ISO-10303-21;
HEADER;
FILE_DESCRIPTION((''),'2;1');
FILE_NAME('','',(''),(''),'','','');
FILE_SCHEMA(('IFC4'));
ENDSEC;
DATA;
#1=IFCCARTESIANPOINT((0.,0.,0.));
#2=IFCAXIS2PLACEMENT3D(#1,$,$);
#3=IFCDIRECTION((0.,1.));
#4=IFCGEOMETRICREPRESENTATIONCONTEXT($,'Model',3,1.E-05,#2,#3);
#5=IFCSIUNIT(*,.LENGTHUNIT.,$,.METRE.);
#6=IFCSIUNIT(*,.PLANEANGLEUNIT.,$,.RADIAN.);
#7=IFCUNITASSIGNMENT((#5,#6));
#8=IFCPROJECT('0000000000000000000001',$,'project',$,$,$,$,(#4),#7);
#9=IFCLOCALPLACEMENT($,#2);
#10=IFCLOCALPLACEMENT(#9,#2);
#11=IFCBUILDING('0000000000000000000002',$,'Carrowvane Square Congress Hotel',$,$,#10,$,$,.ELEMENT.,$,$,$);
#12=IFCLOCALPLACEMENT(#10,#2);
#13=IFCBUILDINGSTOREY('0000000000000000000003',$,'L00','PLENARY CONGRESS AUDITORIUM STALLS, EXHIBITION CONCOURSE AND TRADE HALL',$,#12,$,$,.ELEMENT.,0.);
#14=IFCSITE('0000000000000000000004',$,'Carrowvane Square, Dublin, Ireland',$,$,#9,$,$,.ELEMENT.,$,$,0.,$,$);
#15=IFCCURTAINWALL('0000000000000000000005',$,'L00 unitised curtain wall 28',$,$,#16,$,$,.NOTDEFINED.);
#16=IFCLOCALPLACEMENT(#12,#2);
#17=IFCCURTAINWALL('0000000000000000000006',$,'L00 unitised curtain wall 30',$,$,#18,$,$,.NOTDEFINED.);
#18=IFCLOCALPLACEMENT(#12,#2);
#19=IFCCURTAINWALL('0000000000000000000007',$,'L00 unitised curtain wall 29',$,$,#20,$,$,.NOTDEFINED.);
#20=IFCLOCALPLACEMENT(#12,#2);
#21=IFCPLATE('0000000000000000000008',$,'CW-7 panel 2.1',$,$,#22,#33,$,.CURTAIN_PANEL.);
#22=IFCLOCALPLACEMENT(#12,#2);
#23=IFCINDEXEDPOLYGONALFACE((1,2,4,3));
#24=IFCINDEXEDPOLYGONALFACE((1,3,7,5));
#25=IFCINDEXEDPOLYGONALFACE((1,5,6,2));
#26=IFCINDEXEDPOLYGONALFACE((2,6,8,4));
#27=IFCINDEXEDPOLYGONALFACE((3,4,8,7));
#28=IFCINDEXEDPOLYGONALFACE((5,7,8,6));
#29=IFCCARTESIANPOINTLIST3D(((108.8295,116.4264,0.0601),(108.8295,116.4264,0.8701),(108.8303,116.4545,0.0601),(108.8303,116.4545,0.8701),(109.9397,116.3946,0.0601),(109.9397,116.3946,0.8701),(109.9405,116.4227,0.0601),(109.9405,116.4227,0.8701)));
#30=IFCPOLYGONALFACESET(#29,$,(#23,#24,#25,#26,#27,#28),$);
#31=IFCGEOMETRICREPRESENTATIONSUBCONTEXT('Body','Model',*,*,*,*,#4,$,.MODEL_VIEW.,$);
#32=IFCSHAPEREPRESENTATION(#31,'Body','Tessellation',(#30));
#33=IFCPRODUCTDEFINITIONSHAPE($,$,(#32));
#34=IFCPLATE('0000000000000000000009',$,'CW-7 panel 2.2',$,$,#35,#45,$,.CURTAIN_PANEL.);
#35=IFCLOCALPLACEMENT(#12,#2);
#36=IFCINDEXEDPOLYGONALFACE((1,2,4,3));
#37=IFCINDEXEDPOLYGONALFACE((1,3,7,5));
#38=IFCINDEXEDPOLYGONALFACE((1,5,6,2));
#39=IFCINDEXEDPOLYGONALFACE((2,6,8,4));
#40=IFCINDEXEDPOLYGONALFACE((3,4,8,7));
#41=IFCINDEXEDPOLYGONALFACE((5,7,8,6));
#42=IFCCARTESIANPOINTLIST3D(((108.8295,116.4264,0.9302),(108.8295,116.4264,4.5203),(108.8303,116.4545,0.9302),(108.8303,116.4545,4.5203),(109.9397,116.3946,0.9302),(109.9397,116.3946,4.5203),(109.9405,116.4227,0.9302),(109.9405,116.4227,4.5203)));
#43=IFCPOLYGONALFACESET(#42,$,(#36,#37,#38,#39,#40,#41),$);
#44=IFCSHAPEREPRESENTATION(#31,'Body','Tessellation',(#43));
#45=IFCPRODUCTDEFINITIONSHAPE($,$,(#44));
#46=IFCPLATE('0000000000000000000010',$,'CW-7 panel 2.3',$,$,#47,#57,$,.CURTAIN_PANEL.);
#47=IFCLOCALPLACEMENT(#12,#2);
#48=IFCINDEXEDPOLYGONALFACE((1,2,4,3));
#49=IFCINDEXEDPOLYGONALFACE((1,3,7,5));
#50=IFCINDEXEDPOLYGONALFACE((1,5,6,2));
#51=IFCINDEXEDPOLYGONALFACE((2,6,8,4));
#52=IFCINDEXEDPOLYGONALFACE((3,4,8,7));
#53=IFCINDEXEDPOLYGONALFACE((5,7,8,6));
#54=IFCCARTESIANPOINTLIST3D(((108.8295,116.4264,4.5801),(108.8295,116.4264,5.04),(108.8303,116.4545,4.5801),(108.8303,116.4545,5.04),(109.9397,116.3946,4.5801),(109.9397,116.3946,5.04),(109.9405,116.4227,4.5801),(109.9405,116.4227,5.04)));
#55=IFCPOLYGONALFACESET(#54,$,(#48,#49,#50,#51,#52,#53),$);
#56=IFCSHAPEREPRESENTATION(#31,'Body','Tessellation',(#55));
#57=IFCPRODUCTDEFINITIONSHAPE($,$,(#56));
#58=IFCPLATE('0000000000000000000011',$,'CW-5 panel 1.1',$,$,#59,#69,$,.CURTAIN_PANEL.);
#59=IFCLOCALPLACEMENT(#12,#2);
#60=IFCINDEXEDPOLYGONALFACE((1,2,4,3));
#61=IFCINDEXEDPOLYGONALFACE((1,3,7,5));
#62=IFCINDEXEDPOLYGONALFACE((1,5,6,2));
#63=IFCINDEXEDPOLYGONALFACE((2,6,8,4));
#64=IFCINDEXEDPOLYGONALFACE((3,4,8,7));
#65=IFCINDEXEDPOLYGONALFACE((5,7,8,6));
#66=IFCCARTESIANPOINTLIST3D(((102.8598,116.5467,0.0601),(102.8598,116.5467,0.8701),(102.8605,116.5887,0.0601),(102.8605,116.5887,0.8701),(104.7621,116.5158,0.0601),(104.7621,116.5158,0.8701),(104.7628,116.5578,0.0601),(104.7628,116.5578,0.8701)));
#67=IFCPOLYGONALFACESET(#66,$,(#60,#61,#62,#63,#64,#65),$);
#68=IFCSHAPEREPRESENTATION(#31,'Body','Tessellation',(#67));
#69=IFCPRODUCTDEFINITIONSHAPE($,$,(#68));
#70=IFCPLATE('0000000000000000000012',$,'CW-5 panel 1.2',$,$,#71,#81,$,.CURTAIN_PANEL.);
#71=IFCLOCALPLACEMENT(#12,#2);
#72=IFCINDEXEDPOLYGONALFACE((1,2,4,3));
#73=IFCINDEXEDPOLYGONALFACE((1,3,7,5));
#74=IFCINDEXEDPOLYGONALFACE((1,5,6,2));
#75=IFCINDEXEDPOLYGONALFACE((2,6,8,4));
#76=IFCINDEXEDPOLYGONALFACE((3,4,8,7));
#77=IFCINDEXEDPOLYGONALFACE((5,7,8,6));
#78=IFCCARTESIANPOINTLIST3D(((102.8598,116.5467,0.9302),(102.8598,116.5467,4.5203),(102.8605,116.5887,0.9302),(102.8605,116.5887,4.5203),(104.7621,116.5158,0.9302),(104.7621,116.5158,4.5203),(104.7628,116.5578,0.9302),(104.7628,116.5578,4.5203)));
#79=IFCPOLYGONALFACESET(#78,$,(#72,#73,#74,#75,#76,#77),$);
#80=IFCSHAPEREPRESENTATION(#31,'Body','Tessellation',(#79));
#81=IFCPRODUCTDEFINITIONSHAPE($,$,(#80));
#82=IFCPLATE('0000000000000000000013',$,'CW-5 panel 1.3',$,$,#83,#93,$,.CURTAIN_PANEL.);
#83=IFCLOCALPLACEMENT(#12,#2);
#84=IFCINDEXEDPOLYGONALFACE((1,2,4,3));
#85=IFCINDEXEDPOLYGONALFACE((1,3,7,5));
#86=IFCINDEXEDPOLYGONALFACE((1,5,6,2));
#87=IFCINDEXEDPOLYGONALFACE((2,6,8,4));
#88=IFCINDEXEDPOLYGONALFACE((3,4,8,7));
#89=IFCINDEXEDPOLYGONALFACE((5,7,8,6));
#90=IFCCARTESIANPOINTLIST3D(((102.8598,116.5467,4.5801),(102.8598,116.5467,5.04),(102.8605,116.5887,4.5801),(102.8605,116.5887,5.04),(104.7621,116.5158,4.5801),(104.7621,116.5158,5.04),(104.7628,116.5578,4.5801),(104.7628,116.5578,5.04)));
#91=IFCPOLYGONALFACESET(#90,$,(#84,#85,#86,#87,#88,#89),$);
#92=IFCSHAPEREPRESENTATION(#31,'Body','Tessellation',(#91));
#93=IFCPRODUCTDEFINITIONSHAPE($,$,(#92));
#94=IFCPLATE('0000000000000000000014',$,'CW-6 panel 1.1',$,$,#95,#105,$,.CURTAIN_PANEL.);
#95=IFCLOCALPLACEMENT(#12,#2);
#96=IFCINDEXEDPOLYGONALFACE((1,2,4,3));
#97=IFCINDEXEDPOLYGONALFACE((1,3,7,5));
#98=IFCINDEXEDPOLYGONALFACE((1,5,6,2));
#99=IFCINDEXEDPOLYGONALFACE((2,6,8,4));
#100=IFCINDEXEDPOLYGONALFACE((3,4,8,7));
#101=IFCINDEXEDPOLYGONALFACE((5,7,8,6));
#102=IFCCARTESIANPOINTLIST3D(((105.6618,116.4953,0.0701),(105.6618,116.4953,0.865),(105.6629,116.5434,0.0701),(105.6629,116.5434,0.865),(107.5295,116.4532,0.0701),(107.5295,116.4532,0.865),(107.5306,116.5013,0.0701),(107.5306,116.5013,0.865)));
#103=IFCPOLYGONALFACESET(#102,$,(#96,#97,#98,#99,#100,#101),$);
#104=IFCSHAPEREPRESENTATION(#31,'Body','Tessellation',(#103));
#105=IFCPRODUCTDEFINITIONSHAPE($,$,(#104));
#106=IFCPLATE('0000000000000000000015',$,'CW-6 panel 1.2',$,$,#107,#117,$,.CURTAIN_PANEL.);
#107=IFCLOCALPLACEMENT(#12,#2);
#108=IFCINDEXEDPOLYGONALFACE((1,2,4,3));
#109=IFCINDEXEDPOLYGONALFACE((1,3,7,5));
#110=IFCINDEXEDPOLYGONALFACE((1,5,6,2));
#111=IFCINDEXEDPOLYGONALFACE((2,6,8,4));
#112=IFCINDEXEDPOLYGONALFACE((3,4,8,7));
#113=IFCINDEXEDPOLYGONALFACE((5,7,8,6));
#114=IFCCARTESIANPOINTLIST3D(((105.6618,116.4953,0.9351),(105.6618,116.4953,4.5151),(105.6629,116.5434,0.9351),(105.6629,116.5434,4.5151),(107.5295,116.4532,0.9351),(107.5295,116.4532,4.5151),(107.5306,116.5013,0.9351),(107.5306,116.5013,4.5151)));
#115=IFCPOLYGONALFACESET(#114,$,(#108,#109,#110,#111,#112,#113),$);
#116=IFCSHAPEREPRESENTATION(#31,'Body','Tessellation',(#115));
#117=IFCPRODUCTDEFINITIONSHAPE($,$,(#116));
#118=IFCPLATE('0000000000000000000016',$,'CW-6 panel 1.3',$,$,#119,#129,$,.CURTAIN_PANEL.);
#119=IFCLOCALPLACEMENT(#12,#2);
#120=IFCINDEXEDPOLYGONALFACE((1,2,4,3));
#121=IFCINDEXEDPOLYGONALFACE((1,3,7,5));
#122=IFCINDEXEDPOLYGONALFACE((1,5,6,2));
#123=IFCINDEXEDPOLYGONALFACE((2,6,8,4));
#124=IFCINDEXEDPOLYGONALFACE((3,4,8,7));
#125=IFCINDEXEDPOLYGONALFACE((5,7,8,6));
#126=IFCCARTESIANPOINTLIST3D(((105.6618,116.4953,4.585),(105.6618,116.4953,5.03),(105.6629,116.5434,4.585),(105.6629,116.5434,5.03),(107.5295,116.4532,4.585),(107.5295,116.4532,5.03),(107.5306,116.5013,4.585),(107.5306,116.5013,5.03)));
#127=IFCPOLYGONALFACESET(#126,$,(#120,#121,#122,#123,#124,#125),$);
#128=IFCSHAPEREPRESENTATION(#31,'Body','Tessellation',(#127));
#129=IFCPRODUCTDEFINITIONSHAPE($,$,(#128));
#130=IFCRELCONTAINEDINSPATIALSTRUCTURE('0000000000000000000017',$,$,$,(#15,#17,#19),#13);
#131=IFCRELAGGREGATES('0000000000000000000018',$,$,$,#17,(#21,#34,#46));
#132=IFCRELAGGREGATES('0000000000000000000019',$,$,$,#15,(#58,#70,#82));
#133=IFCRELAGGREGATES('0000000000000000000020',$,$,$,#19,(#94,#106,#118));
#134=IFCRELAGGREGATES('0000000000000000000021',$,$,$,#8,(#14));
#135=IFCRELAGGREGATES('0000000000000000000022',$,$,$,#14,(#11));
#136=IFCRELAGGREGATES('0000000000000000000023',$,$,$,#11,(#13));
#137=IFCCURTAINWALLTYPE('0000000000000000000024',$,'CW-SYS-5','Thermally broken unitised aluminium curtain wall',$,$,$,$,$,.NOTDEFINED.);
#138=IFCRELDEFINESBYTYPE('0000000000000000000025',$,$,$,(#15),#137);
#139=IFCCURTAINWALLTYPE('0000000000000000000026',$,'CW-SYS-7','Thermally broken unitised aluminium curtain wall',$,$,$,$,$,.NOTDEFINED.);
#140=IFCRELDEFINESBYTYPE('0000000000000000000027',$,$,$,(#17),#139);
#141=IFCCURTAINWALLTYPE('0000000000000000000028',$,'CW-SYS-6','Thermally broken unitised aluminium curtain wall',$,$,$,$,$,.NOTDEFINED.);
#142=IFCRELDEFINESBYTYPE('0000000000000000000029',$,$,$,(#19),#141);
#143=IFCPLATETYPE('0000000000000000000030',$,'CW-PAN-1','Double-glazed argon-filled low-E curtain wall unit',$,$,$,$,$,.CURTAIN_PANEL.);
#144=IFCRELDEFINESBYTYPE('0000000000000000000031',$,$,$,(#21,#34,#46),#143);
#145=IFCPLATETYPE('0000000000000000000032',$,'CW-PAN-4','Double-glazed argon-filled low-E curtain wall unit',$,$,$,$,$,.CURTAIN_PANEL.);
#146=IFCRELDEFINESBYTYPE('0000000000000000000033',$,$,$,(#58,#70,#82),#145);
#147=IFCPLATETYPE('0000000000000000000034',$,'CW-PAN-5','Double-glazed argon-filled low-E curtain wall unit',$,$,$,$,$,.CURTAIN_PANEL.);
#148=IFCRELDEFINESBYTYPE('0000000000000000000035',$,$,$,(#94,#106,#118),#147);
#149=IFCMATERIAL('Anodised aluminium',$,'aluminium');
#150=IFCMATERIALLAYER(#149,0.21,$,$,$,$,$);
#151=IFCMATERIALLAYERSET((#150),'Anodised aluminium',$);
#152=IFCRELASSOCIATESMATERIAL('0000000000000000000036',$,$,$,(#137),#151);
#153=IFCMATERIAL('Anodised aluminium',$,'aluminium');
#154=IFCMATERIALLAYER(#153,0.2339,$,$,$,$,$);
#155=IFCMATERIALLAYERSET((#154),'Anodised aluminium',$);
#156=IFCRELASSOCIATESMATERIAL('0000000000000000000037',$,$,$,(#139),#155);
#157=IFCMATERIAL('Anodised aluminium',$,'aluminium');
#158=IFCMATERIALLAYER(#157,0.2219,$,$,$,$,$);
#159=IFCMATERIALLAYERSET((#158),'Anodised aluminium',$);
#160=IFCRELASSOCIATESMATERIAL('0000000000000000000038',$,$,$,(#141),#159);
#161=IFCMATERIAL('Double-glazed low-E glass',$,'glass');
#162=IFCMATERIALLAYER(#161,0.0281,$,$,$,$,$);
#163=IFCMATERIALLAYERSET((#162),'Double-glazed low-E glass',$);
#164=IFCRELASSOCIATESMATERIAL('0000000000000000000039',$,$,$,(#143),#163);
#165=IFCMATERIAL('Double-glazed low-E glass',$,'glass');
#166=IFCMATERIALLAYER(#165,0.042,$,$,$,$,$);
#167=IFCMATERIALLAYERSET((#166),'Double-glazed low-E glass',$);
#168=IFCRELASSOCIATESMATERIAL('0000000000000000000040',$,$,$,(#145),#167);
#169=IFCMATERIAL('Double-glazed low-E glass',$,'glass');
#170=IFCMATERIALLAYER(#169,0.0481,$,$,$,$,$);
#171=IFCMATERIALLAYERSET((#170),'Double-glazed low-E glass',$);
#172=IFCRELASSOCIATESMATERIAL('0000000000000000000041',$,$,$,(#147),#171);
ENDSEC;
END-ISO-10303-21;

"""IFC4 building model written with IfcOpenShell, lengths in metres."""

from ifc_helpers import new_model, si_unit, direction, frame, origin, origin_2d, place, context, subcontext, project, spatial, rectangle, extrude, material, layer, layer_set, type_object, element, aggregate, save


model = new_model("IFC4")

# Units and contexts
model_context = context("Model", 3, precision=1e-05, world=origin(), true_north=direction((0.0, 1.0)))
body_context = subcontext(model_context, "Body", "Model", "MODEL_VIEW")
ifc_project = project(units=[si_unit("LENGTHUNIT", "METRE"), si_unit("PLANEANGLEUNIT", "RADIAN")], contexts=[model_context])

# Site, building, storey
site_placement = place(None, origin())
site = spatial("IfcSite", under=ifc_project, at=site_placement, Name="Carrowvane Square, Dublin, Ireland", CompositionType="ELEMENT", RefElevation=0.0)
building_placement = place(site_placement, origin())
building = spatial("IfcBuilding", under=site, at=building_placement, Name="Carrowvane Square Congress Hotel", CompositionType="ELEMENT")
storey_placement = place(building_placement, origin())
storey = spatial("IfcBuildingStorey", under=building, at=storey_placement, Name="L00", Description="PLENARY CONGRESS AUDITORIUM STALLS, EXHIBITION CONCOURSE AND TRADE HALL", CompositionType="ELEMENT", Elevation=0.0)

# Curtain wall
ifc_material_1 = material(Name="Anodised aluminium", Category="aluminium")
ifc_layer_1 = layer(ifc_material_1, 0.21)
ifc_layer_set_1 = layer_set([ifc_layer_1], Name="Anodised aluminium")
curtain_wall_type_1 = type_object("IfcCurtainWallType", Name="CW-SYS-5", Description="Thermally broken unitised aluminium curtain wall", PredefinedType="NOTDEFINED", material=ifc_layer_set_1)
curtain_wall_1_placement = place(storey_placement, origin())
curtain_wall_1 = element("IfcCurtainWall", 1, at=curtain_wall_1_placement, inside=storey, type_object=curtain_wall_type_1, Name="L00 unitised curtain wall 28", PredefinedType="NOTDEFINED")

# Curtain walls
ifc_material_2 = material(Name="Anodised aluminium", Category="aluminium")
ifc_layer_2 = layer(ifc_material_2, 0.2339)
ifc_layer_set_2 = layer_set([ifc_layer_2], Name="Anodised aluminium")
curtain_wall_type_2 = type_object("IfcCurtainWallType", Name="CW-SYS-7", Description="Thermally broken unitised aluminium curtain wall", PredefinedType="NOTDEFINED", material=ifc_layer_set_2)
curtain_wall_2_placement = place(storey_placement, origin())
curtain_wall_2 = element("IfcCurtainWall", 2, at=curtain_wall_2_placement, inside=storey, type_object=curtain_wall_type_2, Name="L00 unitised curtain wall 30", PredefinedType="NOTDEFINED")
ifc_material_3 = material(Name="Anodised aluminium", Category="aluminium")
ifc_layer_3 = layer(ifc_material_3, 0.2219)
ifc_layer_set_3 = layer_set([ifc_layer_3], Name="Anodised aluminium")
curtain_wall_type_3 = type_object("IfcCurtainWallType", Name="CW-SYS-6", Description="Thermally broken unitised aluminium curtain wall", PredefinedType="NOTDEFINED", material=ifc_layer_set_3)
curtain_wall_3_placement = place(storey_placement, origin())
curtain_wall_3 = element("IfcCurtainWall", 3, at=curtain_wall_3_placement, inside=storey, type_object=curtain_wall_type_3, Name="L00 unitised curtain wall 29", PredefinedType="NOTDEFINED")

# Plates
ifc_material_4 = material(Name="Double-glazed low-E glass", Category="glass")
ifc_layer_4 = layer(ifc_material_4, 0.0281)
ifc_layer_set_4 = layer_set([ifc_layer_4], Name="Double-glazed low-E glass")
plate_type_1 = type_object("IfcPlateType", Name="CW-PAN-1", Description="Double-glazed argon-filled low-E curtain wall unit", PredefinedType="CURTAIN_PANEL", material=ifc_layer_set_4)
plate_1_placement = place(storey_placement, frame((109.385, 116.4246, 0.0601), z_axis=(0.0, 0.0, 1.0), x_axis=(0.99959, -0.028638, 0.0)))
plate_1 = element("IfcPlate", 4, at=plate_1_placement, type_object=plate_type_1, Name="CW-7 panel 2.1", PredefinedType="CURTAIN_PANEL", context=body_context, shape_type="SweptSolid", body=[
    extrude(rectangle(XDim=1.1106, YDim=0.0281, at=origin_2d()), origin(), (0.0, 0.0, 1.0), 0.8101),
])
plate_2_placement = place(storey_placement, frame((109.385, 116.4246, 0.9302), z_axis=(0.0, 0.0, 1.0), x_axis=(0.99959, -0.028638, 0.0)))
plate_2 = element("IfcPlate", 5, at=plate_2_placement, type_object=plate_type_1, Name="CW-7 panel 2.2", PredefinedType="CURTAIN_PANEL", context=body_context, shape_type="SweptSolid", body=[
    extrude(rectangle(XDim=1.1106, YDim=0.0281, at=origin_2d()), origin(), (0.0, 0.0, 1.0), 3.5901),
])
plate_3_placement = place(storey_placement, frame((109.385, 116.4246, 4.5801), z_axis=(0.0, 0.0, 1.0), x_axis=(0.99959, -0.028638, 0.0)))
plate_3 = element("IfcPlate", 6, at=plate_3_placement, type_object=plate_type_1, Name="CW-7 panel 2.3", PredefinedType="CURTAIN_PANEL", context=body_context, shape_type="SweptSolid", body=[
    extrude(rectangle(XDim=1.1106, YDim=0.0281, at=origin_2d()), origin(), (0.0, 0.0, 1.0), 0.46),
])
aggregate(curtain_wall_2, [plate_1, plate_2, plate_3])
ifc_material_5 = material(Name="Double-glazed low-E glass", Category="glass")
ifc_layer_5 = layer(ifc_material_5, 0.042)
ifc_layer_set_5 = layer_set([ifc_layer_5], Name="Double-glazed low-E glass")
plate_type_2 = type_object("IfcPlateType", Name="CW-PAN-4", Description="Double-glazed argon-filled low-E curtain wall unit", PredefinedType="CURTAIN_PANEL", material=ifc_layer_set_5)
plate_4_placement = place(storey_placement, frame((103.8113, 116.5522, 0.0601), z_axis=(0.0, 0.0, 1.0), x_axis=(0.999869, -0.016216, 0.0)))
plate_4 = element("IfcPlate", 7, at=plate_4_placement, type_object=plate_type_2, Name="CW-5 panel 1.1", PredefinedType="CURTAIN_PANEL", context=body_context, shape_type="SweptSolid", body=[
    extrude(rectangle(XDim=1.9026, YDim=0.042, at=origin_2d()), origin(), (0.0, 0.0, 1.0), 0.8101),
])
plate_5_placement = place(storey_placement, frame((103.8113, 116.5522, 0.9302), z_axis=(0.0, 0.0, 1.0), x_axis=(0.999869, -0.016216, 0.0)))
plate_5 = element("IfcPlate", 8, at=plate_5_placement, type_object=plate_type_2, Name="CW-5 panel 1.2", PredefinedType="CURTAIN_PANEL", context=body_context, shape_type="SweptSolid", body=[
    extrude(rectangle(XDim=1.9026, YDim=0.042, at=origin_2d()), origin(), (0.0, 0.0, 1.0), 3.5901),
])
plate_6_placement = place(storey_placement, frame((103.8113, 116.5522, 4.5801), z_axis=(0.0, 0.0, 1.0), x_axis=(0.999869, -0.016216, 0.0)))
plate_6 = element("IfcPlate", 9, at=plate_6_placement, type_object=plate_type_2, Name="CW-5 panel 1.3", PredefinedType="CURTAIN_PANEL", context=body_context, shape_type="SweptSolid", body=[
    extrude(rectangle(XDim=1.9026, YDim=0.042, at=origin_2d()), origin(), (0.0, 0.0, 1.0), 0.46),
])
aggregate(curtain_wall_1, [plate_4, plate_5, plate_6])
ifc_material_6 = material(Name="Double-glazed low-E glass", Category="glass")
ifc_layer_6 = layer(ifc_material_6, 0.0481)
ifc_layer_set_6 = layer_set([ifc_layer_6], Name="Double-glazed low-E glass")
plate_type_3 = type_object("IfcPlateType", Name="CW-PAN-5", Description="Double-glazed argon-filled low-E curtain wall unit", PredefinedType="CURTAIN_PANEL", material=ifc_layer_set_6)
plate_7_placement = place(storey_placement, frame((106.5962, 116.4983, 0.0701), z_axis=(0.0, 0.0, 1.0), x_axis=(0.999746, -0.022518, 0.0)))
plate_7 = element("IfcPlate", 10, at=plate_7_placement, type_object=plate_type_3, Name="CW-6 panel 1.1", PredefinedType="CURTAIN_PANEL", context=body_context, shape_type="SweptSolid", body=[
    extrude(rectangle(XDim=1.8682, YDim=0.0481, at=origin_2d()), origin(), (0.0, 0.0, 1.0), 0.7949),
])
plate_8_placement = place(storey_placement, frame((106.5962, 116.4983, 0.9351), z_axis=(0.0, 0.0, 1.0), x_axis=(0.999746, -0.022518, 0.0)))
plate_8 = element("IfcPlate", 11, at=plate_8_placement, type_object=plate_type_3, Name="CW-6 panel 1.2", PredefinedType="CURTAIN_PANEL", context=body_context, shape_type="SweptSolid", body=[
    extrude(rectangle(XDim=1.8682, YDim=0.0481, at=origin_2d()), origin(), (0.0, 0.0, 1.0), 3.5801),
])
plate_9_placement = place(storey_placement, frame((106.5962, 116.4983, 4.585), z_axis=(0.0, 0.0, 1.0), x_axis=(0.999746, -0.022518, 0.0)))
plate_9 = element("IfcPlate", 12, at=plate_9_placement, type_object=plate_type_3, Name="CW-6 panel 1.3", PredefinedType="CURTAIN_PANEL", context=body_context, shape_type="SweptSolid", body=[
    extrude(rectangle(XDim=1.8682, YDim=0.0481, at=origin_2d()), origin(), (0.0, 0.0, 1.0), 0.4451),
])
aggregate(curtain_wall_3, [plate_7, plate_8, plate_9])

save(model, "model.ifc")
